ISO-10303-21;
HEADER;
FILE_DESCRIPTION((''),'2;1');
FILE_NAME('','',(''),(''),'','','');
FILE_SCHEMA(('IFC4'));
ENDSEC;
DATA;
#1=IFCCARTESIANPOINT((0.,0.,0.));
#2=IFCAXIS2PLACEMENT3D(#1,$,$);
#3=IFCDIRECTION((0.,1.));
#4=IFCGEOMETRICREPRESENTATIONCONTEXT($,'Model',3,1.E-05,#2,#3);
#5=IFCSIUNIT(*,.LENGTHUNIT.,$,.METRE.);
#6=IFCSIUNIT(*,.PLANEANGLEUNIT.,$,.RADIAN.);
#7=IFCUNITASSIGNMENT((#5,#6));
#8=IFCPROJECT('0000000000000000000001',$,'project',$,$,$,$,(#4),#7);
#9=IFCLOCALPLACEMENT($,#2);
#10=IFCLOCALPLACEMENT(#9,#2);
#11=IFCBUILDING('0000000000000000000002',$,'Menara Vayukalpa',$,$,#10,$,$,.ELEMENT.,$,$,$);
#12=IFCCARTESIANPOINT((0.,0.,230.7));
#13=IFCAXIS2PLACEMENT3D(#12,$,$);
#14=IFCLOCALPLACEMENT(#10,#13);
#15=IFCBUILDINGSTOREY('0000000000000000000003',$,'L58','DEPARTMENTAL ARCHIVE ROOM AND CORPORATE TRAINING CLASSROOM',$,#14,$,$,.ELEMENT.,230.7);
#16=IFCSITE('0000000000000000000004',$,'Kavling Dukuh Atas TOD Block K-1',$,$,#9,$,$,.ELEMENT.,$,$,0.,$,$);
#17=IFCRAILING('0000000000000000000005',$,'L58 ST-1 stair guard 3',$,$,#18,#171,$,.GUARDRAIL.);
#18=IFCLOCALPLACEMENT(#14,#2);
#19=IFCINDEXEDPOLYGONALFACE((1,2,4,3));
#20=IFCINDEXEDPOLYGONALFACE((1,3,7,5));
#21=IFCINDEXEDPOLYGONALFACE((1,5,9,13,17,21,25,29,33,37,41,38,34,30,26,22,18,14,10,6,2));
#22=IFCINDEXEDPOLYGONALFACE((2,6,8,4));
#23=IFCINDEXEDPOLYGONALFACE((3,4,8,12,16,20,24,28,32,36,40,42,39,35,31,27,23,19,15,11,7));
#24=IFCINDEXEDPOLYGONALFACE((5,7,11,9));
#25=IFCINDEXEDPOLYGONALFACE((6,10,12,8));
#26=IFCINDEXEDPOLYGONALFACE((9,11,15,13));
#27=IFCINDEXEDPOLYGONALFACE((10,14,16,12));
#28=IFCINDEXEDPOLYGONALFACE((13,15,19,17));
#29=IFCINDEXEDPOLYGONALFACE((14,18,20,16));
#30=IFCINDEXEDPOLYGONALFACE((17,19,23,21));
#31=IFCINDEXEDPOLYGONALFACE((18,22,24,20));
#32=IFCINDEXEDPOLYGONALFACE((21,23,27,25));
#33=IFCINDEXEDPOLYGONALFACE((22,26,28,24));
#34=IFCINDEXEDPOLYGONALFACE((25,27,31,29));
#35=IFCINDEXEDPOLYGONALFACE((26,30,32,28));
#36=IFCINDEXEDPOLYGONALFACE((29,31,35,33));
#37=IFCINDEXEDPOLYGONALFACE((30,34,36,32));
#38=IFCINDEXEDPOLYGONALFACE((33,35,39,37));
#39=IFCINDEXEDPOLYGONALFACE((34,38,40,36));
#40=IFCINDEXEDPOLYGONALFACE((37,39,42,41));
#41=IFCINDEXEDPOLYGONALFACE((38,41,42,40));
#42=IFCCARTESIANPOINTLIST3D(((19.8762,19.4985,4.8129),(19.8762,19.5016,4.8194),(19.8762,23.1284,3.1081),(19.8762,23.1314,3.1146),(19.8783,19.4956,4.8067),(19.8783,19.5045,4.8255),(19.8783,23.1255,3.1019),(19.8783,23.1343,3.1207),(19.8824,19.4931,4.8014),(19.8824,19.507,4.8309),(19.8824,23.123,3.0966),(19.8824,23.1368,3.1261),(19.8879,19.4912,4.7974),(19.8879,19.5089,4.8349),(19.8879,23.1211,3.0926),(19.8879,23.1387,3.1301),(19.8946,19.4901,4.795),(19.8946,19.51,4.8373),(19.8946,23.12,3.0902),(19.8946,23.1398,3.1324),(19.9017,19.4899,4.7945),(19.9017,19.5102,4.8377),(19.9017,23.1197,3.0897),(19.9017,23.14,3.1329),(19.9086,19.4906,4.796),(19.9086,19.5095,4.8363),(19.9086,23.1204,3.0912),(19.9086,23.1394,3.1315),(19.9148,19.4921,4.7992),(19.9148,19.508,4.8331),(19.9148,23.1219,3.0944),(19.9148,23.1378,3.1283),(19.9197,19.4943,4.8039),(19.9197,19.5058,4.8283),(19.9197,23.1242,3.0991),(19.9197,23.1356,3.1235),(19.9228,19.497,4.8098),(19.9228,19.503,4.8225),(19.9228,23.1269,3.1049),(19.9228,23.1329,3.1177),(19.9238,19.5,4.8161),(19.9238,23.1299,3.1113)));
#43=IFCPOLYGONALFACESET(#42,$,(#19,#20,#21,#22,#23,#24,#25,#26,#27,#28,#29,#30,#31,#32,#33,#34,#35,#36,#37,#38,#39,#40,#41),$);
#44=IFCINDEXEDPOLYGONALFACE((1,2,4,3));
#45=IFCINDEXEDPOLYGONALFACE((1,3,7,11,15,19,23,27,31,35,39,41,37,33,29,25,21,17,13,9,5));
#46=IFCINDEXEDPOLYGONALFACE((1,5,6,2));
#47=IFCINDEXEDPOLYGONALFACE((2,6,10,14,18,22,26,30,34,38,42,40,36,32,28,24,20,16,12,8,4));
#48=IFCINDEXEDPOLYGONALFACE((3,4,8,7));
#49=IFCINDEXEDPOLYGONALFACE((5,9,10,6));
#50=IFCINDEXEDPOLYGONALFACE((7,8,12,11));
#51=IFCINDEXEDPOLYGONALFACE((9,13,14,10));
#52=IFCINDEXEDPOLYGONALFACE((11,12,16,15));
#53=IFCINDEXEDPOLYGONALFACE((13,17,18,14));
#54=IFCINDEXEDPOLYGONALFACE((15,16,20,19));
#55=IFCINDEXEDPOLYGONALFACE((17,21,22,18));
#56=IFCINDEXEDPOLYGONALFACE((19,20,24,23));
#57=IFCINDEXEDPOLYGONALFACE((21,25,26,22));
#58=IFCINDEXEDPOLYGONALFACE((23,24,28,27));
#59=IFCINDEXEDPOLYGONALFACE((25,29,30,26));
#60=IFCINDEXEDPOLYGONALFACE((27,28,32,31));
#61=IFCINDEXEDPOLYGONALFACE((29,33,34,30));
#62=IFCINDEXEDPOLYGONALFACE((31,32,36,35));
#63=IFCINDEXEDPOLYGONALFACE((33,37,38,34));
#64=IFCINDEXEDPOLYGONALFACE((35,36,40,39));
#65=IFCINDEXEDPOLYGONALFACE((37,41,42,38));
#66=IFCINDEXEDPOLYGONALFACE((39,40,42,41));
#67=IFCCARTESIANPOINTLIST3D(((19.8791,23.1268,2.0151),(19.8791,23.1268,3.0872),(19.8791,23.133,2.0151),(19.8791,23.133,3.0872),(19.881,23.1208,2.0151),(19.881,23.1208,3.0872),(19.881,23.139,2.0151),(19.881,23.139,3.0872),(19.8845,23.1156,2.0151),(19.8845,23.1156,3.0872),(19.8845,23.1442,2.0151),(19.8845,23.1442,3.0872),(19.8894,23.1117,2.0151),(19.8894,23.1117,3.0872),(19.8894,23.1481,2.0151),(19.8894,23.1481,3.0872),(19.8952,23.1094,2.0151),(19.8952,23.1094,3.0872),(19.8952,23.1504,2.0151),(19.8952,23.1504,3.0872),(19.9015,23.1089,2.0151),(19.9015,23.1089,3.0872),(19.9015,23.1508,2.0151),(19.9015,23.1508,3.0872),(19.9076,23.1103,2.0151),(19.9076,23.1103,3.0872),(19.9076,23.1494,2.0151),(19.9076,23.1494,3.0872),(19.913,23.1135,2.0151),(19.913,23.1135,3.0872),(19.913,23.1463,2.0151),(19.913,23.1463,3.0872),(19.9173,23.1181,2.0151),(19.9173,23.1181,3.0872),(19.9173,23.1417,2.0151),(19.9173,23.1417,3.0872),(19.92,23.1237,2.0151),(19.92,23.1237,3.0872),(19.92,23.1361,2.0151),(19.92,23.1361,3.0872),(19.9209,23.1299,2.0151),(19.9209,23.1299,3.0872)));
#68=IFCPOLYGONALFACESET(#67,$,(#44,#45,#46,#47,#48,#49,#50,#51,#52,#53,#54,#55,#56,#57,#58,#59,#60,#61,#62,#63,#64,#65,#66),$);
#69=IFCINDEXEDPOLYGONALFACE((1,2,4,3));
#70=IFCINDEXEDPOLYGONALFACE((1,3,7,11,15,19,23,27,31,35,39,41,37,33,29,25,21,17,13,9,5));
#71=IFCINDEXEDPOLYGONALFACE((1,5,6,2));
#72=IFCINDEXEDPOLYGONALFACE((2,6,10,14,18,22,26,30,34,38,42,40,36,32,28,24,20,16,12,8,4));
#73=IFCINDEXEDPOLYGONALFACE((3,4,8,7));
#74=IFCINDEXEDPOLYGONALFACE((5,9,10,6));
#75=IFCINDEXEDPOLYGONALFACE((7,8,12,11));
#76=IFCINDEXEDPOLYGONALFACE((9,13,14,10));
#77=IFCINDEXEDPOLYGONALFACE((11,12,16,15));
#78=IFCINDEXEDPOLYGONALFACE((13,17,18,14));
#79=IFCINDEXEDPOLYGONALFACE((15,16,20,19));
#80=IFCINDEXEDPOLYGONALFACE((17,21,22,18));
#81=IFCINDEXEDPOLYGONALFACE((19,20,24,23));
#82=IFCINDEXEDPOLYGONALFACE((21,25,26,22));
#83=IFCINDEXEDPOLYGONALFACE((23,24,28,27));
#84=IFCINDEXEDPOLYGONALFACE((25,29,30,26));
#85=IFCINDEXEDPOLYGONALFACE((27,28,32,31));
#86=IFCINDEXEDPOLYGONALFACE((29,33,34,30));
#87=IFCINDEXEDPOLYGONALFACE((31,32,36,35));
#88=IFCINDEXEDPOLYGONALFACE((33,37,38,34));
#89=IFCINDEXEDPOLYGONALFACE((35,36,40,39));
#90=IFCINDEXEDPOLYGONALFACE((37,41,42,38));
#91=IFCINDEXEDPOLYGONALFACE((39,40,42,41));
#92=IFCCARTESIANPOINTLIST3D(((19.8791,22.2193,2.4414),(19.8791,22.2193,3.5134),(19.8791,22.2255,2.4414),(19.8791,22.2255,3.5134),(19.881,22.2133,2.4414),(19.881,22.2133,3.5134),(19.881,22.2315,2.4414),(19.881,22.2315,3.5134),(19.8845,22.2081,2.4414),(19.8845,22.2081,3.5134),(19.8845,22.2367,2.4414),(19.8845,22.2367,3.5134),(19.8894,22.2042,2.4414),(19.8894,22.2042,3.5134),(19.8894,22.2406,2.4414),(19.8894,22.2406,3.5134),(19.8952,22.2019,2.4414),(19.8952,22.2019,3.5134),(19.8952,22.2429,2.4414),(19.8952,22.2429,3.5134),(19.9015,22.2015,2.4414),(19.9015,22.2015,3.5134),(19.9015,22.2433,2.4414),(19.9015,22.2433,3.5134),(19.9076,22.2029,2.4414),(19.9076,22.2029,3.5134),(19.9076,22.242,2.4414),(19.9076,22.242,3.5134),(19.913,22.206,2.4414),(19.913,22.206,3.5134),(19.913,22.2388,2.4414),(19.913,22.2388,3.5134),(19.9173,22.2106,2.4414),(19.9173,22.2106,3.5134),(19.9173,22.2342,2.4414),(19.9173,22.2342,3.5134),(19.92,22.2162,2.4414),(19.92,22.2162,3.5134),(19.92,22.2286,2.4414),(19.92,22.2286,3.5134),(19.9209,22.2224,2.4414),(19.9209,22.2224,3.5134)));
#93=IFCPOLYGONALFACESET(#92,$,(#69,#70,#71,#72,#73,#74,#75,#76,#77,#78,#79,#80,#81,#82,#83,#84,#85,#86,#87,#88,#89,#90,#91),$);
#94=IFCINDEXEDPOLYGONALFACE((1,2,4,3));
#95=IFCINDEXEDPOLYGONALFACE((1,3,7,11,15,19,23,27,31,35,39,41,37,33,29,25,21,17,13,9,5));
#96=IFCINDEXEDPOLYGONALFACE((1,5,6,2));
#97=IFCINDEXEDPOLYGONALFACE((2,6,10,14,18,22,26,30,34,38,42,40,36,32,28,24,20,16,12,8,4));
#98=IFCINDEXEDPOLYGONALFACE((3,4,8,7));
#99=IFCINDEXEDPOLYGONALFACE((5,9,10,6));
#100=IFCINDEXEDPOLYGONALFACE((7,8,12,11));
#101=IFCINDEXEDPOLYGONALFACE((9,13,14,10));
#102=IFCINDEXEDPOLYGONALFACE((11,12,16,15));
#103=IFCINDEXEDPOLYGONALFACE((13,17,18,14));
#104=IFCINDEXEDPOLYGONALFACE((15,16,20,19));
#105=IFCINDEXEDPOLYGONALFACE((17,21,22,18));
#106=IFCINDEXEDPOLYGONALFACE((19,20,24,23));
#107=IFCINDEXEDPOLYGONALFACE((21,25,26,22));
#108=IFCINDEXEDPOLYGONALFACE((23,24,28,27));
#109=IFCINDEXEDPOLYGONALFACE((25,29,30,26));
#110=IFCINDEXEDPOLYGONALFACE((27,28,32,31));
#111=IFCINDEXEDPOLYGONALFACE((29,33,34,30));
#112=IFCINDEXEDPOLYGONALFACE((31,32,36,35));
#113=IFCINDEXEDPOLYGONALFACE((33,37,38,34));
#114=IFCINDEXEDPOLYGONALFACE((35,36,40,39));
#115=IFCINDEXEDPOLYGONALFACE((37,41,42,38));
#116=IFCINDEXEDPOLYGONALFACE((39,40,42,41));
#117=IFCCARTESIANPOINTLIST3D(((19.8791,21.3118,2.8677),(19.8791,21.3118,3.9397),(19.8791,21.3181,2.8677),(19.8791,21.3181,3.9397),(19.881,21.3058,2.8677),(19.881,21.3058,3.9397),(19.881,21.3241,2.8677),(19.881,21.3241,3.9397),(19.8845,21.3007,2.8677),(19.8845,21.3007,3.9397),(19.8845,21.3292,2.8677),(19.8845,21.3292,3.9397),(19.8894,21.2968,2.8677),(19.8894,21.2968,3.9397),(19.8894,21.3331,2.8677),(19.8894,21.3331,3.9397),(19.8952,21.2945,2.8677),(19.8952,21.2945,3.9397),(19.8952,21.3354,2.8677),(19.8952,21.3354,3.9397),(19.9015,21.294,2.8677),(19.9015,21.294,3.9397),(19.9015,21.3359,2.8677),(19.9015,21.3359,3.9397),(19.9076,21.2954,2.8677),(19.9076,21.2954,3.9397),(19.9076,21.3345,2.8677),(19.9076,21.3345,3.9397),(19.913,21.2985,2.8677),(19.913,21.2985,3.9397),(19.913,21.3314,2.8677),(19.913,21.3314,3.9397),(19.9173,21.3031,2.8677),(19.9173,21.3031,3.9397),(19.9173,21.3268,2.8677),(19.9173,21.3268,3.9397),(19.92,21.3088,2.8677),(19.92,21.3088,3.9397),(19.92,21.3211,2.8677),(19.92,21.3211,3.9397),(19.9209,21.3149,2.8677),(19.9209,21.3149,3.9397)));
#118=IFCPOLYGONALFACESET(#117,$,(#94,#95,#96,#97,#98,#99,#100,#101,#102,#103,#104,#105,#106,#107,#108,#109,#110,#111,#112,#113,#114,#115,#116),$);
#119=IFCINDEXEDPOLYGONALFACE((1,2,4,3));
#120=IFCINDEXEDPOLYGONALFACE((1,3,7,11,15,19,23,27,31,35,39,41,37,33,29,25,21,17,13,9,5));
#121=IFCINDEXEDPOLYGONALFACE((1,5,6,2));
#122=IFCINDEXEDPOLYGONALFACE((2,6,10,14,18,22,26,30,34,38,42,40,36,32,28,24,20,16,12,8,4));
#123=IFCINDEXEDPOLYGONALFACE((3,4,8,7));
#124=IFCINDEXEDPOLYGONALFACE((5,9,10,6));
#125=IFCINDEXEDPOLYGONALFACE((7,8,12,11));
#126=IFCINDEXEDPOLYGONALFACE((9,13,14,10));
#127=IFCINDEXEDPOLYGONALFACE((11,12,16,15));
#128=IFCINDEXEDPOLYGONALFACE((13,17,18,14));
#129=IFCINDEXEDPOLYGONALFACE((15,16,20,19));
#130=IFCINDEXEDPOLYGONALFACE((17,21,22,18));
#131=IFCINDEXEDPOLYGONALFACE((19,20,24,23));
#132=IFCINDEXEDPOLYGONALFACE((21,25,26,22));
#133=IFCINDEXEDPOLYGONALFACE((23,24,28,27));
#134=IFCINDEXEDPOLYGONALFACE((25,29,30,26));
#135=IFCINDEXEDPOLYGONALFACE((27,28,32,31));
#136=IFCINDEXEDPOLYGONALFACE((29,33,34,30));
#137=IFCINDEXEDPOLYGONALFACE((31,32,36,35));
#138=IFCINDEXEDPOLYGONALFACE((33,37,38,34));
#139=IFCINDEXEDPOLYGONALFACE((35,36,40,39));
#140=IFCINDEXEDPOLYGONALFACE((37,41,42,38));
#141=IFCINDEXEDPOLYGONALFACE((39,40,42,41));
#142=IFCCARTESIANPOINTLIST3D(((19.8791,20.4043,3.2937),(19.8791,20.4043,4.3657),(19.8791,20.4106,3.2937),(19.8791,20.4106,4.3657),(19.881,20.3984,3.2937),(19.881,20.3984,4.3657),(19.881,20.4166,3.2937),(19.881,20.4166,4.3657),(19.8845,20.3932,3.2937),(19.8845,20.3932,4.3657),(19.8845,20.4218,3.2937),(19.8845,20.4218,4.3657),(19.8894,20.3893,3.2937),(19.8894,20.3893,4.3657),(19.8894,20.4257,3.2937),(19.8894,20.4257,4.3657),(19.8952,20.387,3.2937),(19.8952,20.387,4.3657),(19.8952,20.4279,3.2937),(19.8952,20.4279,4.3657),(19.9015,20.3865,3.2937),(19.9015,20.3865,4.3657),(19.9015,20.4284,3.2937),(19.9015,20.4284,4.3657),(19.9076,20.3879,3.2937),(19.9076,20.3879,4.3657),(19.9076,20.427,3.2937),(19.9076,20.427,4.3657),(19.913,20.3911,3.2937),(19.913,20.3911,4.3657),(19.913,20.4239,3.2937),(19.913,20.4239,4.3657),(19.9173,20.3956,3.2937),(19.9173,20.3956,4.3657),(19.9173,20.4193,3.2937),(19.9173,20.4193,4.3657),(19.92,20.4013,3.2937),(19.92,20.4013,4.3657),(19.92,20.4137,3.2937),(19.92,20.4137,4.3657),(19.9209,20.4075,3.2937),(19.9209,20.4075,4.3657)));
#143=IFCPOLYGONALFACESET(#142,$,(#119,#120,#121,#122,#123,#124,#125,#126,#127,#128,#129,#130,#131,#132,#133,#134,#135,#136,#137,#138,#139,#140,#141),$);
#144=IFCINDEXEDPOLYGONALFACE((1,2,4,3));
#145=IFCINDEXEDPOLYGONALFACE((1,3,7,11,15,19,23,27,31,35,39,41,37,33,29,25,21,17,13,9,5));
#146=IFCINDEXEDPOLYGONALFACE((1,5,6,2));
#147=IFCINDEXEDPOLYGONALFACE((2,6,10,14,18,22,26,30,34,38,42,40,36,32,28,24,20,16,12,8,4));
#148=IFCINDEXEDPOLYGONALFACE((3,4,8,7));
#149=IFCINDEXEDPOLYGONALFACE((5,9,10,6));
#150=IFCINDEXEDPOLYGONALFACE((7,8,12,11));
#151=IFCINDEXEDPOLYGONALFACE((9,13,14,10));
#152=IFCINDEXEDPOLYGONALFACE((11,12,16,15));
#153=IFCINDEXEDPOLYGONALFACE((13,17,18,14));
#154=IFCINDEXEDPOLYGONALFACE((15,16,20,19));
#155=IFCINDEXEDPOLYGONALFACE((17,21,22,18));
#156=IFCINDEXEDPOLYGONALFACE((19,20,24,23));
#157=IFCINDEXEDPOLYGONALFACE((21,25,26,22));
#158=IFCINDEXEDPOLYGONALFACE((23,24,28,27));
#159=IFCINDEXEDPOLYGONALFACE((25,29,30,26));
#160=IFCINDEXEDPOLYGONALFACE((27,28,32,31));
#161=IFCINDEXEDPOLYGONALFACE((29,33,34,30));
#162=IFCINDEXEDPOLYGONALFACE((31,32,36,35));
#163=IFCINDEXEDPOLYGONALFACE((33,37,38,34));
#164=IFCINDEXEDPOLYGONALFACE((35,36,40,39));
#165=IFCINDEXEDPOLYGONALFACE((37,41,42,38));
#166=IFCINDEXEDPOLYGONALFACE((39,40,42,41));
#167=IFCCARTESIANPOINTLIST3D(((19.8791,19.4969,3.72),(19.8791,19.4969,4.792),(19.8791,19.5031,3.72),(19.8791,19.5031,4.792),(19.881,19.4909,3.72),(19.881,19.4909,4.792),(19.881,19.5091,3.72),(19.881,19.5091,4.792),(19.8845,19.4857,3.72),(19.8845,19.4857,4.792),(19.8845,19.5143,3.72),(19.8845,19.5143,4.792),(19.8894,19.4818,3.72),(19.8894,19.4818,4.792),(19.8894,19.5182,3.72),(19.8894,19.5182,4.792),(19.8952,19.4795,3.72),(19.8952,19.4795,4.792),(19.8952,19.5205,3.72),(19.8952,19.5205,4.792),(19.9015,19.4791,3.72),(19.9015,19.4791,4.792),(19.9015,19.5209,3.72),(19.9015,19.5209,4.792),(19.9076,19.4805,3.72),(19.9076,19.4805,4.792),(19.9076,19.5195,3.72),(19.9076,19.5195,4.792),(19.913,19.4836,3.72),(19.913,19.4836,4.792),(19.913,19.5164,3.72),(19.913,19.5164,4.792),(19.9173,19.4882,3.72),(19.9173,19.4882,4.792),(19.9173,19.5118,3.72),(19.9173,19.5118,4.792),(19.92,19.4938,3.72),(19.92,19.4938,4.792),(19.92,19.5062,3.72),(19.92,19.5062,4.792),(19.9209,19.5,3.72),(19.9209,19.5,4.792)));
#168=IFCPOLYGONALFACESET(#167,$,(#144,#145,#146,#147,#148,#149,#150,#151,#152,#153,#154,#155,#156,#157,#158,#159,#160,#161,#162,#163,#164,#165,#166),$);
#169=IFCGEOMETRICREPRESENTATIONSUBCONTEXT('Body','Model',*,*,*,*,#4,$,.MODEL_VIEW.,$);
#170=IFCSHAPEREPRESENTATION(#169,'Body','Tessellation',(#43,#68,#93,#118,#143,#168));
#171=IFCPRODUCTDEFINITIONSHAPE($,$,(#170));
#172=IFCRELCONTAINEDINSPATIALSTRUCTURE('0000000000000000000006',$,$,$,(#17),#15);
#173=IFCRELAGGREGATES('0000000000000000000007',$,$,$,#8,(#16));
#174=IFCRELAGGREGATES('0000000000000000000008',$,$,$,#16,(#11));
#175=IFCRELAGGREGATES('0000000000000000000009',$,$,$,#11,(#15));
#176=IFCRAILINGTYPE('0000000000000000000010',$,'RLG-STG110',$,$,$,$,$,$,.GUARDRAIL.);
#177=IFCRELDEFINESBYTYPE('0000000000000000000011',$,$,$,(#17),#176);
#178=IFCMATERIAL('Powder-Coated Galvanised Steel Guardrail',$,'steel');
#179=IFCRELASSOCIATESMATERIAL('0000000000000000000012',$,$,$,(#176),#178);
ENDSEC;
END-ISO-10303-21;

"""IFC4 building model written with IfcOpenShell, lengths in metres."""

from ifc_helpers import new_model, si_unit, direction, frame, origin, origin_2d, place, context, subcontext, project, spatial, circle, extrude, material, type_object, element, save


model = new_model("IFC4")

# Units and contexts
model_context = context("Model", 3, precision=1e-05, world=origin(), true_north=direction((0.0, 1.0)))
body_context = subcontext(model_context, "Body", "Model", "MODEL_VIEW")
ifc_project = project(units=[si_unit("LENGTHUNIT", "METRE"), si_unit("PLANEANGLEUNIT", "RADIAN")], contexts=[model_context])

# Site, building, storey
site_placement = place(None, origin())
site = spatial("IfcSite", under=ifc_project, at=site_placement, Name="Kavling Dukuh Atas TOD Block K-1", CompositionType="ELEMENT", RefElevation=0.0)
building_placement = place(site_placement, origin())
building = spatial("IfcBuilding", under=site, at=building_placement, Name="Menara Vayukalpa", CompositionType="ELEMENT")
storey_placement = place(building_placement, frame((0.0, 0.0, 230.7)))
storey = spatial("IfcBuildingStorey", under=building, at=storey_placement, Name="L58", Description="DEPARTMENTAL ARCHIVE ROOM AND CORPORATE TRAINING CLASSROOM", CompositionType="ELEMENT", Elevation=230.7)

# Railing
ifc_material_1 = material(Name="Powder-Coated Galvanised Steel Guardrail", Category="steel")
railing_type_1 = type_object("IfcRailingType", Name="RLG-STG110", PredefinedType="GUARDRAIL", material=ifc_material_1)
railing_1_placement = place(storey_placement, frame((19.8999, 23.1299, 2.0151)))
element("IfcRailing", 1, at=railing_1_placement, inside=storey, type_object=railing_type_1, Name="L58 ST-1 stair guard 3", PredefinedType="GUARDRAIL", context=body_context, shape_type="SweptSolid", body=[
    extrude(circle(Radius=0.0239, at=origin_2d()), frame((0.0, 0.0, 1.0962), z_axis=(0.0, -0.90514, 0.425114), x_axis=(1.0, 0.0, 0.0)), (0.0, 0.0, 1.0), 4.0103),
    extrude(circle(Radius=0.021, at=origin_2d()), origin(), (0.0, 0.0, 1.0), 1.072),
    extrude(circle(Radius=0.021, at=origin_2d()), frame((0.0, -0.9075, 0.4263)), (0.0, 0.0, 1.0), 1.072),
    extrude(circle(Radius=0.021, at=origin_2d()), frame((0.0, -1.8149, 0.8525)), (0.0, 0.0, 1.0), 1.072),
    extrude(circle(Radius=0.021, at=origin_2d()), frame((0.0, -2.7224, 1.2786)), (0.0, 0.0, 1.0), 1.072),
    extrude(circle(Radius=0.021, at=origin_2d()), frame((0.0, -3.6299, 1.7048)), (0.0, 0.0, 1.0), 1.072),
])

save(model, "model.ifc")
